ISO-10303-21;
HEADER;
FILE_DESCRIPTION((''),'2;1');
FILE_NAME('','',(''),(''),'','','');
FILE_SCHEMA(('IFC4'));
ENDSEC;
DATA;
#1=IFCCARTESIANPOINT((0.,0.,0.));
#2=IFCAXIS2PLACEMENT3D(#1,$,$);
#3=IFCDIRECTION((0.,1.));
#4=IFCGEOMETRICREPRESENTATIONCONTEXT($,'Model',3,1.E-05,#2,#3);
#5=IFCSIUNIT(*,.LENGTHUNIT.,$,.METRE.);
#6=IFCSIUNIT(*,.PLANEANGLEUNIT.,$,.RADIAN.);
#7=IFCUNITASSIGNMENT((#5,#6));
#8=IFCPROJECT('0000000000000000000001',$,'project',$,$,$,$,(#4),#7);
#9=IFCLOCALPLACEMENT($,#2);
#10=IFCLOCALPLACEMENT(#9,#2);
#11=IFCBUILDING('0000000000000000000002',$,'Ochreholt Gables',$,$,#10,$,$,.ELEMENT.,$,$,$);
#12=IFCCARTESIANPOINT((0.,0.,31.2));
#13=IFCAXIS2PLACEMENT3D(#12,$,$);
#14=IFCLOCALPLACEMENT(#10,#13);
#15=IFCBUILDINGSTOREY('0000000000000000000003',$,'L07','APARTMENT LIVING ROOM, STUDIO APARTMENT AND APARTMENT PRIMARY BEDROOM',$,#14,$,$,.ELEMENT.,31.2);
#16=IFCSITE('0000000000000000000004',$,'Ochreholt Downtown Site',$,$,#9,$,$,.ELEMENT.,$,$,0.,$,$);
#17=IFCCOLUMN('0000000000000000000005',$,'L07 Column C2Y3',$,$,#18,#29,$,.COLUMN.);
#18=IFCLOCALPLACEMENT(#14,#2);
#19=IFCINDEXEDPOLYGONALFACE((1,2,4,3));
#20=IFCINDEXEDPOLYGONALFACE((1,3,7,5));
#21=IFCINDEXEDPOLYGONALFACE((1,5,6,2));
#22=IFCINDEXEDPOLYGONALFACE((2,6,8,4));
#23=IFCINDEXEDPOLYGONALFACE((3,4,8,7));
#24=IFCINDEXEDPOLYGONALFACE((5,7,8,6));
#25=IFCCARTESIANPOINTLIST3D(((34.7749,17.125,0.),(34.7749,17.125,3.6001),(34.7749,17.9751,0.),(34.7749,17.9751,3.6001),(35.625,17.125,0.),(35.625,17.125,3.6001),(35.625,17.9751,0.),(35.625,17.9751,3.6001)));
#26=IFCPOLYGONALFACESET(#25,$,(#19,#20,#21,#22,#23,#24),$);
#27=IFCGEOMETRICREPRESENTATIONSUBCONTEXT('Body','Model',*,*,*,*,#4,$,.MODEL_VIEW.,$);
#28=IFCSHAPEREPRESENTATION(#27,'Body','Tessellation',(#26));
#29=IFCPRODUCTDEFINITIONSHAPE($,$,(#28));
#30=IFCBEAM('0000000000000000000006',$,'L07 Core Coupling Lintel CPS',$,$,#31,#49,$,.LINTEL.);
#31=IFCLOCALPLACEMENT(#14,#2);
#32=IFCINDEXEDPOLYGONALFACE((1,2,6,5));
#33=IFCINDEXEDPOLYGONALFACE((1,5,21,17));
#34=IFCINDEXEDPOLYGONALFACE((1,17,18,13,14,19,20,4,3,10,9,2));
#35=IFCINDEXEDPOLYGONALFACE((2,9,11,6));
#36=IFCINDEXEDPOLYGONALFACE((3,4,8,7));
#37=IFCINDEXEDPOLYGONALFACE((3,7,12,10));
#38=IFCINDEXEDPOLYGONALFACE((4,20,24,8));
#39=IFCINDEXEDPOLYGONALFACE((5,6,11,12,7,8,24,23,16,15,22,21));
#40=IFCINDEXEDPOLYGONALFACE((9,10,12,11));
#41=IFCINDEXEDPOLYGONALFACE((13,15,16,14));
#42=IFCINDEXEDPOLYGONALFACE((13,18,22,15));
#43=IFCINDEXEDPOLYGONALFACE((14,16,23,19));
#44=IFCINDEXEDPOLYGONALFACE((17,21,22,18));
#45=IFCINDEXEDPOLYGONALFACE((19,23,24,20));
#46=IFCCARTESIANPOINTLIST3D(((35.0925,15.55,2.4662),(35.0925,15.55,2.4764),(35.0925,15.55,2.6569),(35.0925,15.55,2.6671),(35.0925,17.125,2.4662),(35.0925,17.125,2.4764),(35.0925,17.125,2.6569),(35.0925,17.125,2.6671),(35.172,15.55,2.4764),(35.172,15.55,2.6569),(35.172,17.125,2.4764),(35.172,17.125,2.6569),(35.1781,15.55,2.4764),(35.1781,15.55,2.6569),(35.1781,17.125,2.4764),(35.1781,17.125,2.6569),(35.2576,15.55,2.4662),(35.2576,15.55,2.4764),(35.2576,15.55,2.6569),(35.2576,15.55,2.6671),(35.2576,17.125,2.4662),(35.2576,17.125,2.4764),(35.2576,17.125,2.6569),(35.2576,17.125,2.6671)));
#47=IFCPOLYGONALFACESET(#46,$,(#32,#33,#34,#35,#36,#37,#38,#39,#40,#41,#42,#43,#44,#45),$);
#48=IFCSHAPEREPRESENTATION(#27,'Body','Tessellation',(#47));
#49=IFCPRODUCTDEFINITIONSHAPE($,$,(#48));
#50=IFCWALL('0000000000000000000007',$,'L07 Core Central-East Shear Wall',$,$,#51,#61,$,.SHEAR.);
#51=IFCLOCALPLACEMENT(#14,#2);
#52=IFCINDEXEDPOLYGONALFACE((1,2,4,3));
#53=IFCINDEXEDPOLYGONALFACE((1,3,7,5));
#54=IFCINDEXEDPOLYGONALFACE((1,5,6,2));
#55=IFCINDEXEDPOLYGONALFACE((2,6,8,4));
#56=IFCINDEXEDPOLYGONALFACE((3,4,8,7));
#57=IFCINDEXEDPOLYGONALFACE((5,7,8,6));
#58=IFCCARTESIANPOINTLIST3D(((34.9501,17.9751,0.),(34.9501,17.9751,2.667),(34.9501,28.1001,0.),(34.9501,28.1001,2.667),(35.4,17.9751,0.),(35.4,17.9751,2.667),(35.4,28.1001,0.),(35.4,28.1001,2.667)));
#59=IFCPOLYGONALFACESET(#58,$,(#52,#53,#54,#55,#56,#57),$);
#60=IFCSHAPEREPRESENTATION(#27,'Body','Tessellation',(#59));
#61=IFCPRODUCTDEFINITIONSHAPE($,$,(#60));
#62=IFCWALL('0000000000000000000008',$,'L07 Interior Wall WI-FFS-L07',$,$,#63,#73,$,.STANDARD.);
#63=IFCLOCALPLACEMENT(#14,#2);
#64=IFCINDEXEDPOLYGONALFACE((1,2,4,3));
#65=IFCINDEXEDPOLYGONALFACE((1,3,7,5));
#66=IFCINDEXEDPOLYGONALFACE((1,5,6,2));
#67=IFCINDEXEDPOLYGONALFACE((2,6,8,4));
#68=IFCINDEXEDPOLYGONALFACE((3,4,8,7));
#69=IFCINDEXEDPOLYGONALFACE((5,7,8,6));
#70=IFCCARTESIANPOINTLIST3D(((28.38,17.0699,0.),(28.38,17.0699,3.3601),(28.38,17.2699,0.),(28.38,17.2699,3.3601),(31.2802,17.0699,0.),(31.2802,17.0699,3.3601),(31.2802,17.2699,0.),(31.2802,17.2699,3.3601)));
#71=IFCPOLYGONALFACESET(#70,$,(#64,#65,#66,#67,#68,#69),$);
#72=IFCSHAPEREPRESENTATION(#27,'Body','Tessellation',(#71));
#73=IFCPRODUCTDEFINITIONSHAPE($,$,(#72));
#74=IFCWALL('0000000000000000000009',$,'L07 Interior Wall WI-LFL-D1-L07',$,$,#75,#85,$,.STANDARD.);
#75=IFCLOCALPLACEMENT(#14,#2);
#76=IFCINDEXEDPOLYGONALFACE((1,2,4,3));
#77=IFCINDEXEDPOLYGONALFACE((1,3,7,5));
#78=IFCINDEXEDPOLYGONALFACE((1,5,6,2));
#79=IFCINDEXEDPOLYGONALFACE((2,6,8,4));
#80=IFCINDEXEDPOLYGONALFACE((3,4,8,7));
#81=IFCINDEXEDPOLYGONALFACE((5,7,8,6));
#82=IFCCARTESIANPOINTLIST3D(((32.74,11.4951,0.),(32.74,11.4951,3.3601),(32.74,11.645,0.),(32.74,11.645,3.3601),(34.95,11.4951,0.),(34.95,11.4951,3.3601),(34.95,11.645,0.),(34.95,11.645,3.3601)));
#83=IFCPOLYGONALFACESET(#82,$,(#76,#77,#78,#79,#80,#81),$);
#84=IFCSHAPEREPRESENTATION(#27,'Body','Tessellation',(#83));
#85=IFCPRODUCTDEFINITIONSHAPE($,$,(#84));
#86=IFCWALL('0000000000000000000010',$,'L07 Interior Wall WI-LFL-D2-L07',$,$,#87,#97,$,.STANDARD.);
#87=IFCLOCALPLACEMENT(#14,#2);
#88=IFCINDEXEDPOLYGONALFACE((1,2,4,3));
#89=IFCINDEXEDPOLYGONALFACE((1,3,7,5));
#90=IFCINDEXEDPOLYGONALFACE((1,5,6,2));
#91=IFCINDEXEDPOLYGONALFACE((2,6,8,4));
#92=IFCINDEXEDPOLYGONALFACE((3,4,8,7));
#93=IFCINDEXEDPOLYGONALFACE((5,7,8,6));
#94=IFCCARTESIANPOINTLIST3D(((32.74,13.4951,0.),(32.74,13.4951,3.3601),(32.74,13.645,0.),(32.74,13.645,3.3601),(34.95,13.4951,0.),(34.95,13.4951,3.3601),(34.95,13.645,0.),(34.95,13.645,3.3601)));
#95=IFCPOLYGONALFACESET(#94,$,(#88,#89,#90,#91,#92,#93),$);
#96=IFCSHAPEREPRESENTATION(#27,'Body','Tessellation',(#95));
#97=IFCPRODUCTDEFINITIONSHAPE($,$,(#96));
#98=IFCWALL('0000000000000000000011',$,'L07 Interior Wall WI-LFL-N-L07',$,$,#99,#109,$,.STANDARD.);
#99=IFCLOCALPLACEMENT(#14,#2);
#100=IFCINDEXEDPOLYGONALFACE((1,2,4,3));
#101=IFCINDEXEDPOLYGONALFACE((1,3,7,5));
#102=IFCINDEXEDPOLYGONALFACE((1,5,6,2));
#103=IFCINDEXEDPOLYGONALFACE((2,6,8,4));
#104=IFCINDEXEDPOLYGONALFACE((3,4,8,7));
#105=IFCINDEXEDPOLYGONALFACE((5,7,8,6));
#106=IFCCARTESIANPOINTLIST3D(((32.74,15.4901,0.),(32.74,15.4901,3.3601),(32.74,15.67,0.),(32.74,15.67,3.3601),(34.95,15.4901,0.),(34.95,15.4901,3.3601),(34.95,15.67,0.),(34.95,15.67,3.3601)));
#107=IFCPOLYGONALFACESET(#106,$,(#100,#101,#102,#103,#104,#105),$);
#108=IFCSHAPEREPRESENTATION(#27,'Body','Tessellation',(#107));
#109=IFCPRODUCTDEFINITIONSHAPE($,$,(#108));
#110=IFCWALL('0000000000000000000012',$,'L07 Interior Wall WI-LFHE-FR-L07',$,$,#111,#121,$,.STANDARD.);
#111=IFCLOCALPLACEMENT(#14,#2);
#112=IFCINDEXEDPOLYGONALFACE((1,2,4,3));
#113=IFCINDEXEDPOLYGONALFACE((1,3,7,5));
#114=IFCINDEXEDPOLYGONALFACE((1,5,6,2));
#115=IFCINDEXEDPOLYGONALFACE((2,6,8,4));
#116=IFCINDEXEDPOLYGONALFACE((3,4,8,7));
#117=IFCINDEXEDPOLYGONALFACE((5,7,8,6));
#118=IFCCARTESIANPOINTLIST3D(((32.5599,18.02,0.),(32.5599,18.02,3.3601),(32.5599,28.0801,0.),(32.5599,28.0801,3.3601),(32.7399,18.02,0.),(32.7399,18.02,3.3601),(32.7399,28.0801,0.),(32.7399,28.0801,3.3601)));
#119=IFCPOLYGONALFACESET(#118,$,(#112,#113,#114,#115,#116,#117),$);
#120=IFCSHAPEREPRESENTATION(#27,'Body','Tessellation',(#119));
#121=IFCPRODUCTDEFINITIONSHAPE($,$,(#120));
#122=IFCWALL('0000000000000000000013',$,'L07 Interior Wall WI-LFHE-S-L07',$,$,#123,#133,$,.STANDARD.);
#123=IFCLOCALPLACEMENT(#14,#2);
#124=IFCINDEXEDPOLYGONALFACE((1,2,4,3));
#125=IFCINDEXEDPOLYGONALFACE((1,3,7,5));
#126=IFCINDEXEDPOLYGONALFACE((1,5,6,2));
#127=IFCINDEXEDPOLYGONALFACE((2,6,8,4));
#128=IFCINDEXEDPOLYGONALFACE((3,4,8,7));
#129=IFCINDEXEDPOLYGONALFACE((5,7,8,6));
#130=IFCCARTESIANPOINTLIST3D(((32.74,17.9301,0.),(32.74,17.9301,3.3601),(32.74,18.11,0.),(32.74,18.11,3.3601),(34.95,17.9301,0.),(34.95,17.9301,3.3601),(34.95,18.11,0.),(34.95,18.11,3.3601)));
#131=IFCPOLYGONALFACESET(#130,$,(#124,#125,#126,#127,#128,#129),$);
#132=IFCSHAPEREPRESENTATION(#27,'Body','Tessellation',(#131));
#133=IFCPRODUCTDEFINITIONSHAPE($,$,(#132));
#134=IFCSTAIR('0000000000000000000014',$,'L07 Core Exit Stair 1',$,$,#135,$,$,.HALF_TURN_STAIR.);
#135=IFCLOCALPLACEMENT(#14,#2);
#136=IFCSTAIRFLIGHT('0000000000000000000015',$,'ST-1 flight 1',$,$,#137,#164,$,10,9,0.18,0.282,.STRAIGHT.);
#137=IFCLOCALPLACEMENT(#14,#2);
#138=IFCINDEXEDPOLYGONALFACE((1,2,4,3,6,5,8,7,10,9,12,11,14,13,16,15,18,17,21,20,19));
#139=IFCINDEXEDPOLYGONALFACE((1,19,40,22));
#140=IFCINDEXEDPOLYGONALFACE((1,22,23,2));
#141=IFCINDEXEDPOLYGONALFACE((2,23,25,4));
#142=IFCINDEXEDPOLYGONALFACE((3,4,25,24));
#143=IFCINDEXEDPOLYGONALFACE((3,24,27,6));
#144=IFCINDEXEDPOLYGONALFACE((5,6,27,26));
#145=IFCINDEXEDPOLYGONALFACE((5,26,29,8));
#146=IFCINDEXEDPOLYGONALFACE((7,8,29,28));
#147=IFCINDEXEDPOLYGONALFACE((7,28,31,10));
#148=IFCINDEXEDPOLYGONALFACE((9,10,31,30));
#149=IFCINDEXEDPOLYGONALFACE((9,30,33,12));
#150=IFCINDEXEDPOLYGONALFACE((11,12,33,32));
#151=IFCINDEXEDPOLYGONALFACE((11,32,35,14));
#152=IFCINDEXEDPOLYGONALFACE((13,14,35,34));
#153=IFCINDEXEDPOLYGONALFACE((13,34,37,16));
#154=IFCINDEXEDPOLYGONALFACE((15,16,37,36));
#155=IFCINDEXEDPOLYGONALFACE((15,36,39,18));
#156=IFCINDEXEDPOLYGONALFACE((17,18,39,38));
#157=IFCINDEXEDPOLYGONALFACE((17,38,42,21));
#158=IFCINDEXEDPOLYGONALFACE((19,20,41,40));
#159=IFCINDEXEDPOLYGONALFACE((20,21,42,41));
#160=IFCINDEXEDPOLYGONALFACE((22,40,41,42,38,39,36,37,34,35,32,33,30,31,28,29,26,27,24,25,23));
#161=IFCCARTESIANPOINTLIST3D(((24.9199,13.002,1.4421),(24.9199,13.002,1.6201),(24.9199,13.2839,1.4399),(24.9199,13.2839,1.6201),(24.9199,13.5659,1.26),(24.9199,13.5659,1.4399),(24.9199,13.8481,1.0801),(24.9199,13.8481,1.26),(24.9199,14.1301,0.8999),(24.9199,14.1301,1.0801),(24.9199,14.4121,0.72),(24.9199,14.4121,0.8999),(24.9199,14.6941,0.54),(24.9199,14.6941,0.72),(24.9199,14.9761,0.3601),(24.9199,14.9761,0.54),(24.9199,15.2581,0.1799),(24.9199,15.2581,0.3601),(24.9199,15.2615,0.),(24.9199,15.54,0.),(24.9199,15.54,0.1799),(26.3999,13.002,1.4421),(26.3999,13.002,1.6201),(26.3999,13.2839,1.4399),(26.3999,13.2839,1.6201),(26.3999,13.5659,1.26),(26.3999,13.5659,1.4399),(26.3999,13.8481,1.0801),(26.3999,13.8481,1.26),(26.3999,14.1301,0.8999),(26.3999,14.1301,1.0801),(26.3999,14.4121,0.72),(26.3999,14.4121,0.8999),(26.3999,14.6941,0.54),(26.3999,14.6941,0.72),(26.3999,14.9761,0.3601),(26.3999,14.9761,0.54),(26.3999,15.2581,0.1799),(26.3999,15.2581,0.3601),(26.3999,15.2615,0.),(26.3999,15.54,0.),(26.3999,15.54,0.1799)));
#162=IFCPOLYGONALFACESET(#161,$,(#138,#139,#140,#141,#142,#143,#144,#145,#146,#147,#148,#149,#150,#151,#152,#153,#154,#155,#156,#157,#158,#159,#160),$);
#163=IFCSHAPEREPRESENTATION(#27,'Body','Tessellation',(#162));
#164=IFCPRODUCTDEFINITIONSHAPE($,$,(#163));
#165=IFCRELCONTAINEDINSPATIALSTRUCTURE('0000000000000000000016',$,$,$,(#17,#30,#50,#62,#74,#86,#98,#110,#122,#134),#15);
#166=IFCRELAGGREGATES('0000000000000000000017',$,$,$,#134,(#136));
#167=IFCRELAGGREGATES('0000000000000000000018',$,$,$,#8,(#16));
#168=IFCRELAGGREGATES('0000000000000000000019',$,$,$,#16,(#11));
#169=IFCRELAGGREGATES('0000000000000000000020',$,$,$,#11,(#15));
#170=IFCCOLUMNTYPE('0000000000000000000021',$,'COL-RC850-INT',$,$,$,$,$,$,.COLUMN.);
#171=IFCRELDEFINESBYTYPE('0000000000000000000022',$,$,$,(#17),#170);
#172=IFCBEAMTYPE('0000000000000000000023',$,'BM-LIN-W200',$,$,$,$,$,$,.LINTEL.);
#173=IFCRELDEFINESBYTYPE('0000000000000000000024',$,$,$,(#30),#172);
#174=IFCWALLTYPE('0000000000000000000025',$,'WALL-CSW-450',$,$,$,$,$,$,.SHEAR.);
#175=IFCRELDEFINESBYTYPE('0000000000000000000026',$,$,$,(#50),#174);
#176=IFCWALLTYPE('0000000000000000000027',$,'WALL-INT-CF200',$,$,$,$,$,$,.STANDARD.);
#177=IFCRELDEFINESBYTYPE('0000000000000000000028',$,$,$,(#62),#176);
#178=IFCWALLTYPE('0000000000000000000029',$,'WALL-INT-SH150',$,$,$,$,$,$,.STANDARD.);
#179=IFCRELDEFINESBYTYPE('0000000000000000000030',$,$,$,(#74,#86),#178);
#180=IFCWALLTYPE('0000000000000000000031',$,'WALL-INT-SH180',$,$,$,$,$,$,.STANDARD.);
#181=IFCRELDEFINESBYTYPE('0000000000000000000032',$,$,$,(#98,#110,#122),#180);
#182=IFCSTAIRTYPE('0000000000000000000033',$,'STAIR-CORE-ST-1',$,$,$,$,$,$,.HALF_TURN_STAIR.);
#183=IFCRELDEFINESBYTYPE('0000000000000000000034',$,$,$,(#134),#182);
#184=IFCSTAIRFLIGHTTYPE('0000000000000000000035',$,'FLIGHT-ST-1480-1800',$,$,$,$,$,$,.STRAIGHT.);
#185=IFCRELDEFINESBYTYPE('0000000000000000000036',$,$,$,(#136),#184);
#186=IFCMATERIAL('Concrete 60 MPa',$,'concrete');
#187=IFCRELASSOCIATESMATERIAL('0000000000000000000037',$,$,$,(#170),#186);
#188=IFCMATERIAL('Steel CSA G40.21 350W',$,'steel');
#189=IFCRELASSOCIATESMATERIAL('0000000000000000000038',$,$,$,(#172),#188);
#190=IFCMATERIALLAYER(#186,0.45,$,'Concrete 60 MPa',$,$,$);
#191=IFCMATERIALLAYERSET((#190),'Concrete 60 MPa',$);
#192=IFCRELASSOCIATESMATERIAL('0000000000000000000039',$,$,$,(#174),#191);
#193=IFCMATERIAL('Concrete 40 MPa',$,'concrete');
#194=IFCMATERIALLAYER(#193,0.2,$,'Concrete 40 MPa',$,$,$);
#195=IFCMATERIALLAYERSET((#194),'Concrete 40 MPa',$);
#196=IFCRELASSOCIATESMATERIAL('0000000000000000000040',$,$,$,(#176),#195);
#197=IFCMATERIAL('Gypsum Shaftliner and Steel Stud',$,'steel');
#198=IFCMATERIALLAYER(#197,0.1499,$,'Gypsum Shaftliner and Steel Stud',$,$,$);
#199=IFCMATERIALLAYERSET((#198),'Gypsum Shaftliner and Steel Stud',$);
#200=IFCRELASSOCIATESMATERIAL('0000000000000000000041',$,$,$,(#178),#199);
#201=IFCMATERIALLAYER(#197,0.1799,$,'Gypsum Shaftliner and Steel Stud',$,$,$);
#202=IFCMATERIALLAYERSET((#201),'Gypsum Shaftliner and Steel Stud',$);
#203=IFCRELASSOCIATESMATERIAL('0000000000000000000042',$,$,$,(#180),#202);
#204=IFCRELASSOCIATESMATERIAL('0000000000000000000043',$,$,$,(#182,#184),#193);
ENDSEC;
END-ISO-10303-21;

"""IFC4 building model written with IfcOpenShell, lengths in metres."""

from ifc_helpers import new_model, si_unit, direction, frame, frame_2d, origin, origin_2d, place, context, subcontext, project, spatial, polyline, rectangle, i_section, outline, extrude, material, layer, layer_set, material_profile, profile_set, type_object, element, aggregate, save


model = new_model("IFC4")

# Units and contexts
model_context = context("Model", 3, precision=1e-05, world=origin(), true_north=direction((0.0, 1.0)))
body_context = subcontext(model_context, "Body", "Model", "MODEL_VIEW")
ifc_project = project(units=[si_unit("LENGTHUNIT", "METRE"), si_unit("PLANEANGLEUNIT", "RADIAN")], contexts=[model_context])

# Site, building, storey
site_placement = place(None, origin())
site = spatial("IfcSite", under=ifc_project, at=site_placement, Name="Ochreholt Downtown Site", CompositionType="ELEMENT", RefElevation=0.0)
building_placement = place(site_placement, origin())
building = spatial("IfcBuilding", under=site, at=building_placement, Name="Ochreholt Gables", CompositionType="ELEMENT")
storey_placement = place(building_placement, frame((0.0, 0.0, 31.2)))
storey = spatial("IfcBuildingStorey", under=building, at=storey_placement, Name="L07", Description="APARTMENT LIVING ROOM, STUDIO APARTMENT AND APARTMENT PRIMARY BEDROOM", CompositionType="ELEMENT", Elevation=31.2)

# Column
ifc_material_1 = material(Name="Concrete 60 MPa", Category="concrete")
ifc_material_profile_1 = material_profile(ifc_material_1, rectangle(XDim=0.8501, YDim=0.8501, at=origin_2d()), Name="RC850X850")
ifc_profile_set_1 = profile_set([ifc_material_profile_1], Name="Concrete 60 MPa")
column_type = type_object("IfcColumnType", Name="COL-RC850-INT", PredefinedType="COLUMN", material=ifc_profile_set_1)
column_placement = place(storey_placement, frame((35.2, 17.55, 0.0), z_axis=(0.0, 0.0, 1.0), x_axis=(1.0, 0.0, 0.0)))
element("IfcColumn", 1, at=column_placement, inside=storey, type_object=column_type, Name="L07 Column C2Y3", PredefinedType="COLUMN", context=body_context, shape_type="SweptSolid", body=[
    extrude(rectangle(XDim=0.8501, YDim=0.8501, at=origin_2d()), origin(), (0.0, 0.0, 1.0), 3.6001),
])

# Beam
ifc_material_2 = material(Name="Steel CSA G40.21 350W", Category="steel")
ifc_material_profile_2 = material_profile(ifc_material_2, i_section(OverallWidth=0.165, OverallDepth=0.2009, WebThickness=0.0061, FlangeThickness=0.0103, at=origin_2d()), Name="W200X36")
ifc_profile_set_2 = profile_set([ifc_material_profile_2], Name="Steel CSA G40.21 350W")
beam_type = type_object("IfcBeamType", Name="BM-LIN-W200", PredefinedType="LINTEL", material=ifc_profile_set_2)
beam_placement = place(storey_placement, frame((35.175, 15.55, 2.5667), z_axis=(0.0, 1.0, 0.0), x_axis=(-1.0, 0.0, 0.0)))
element("IfcBeam", 2, at=beam_placement, inside=storey, type_object=beam_type, Name="L07 Core Coupling Lintel CPS", PredefinedType="LINTEL", context=body_context, shape_type="SweptSolid", body=[
    extrude(i_section(OverallWidth=0.165, OverallDepth=0.2009, WebThickness=0.0061, FlangeThickness=0.0103, at=origin_2d()), origin(), (0.0, 0.0, 1.0), 1.575),
])

# Walls
ifc_layer_1 = layer(ifc_material_1, 0.45, Name="Concrete 60 MPa")
ifc_layer_set_1 = layer_set([ifc_layer_1], Name="Concrete 60 MPa")
wall_type_1 = type_object("IfcWallType", Name="WALL-CSW-450", PredefinedType="SHEAR", material=ifc_layer_set_1)
wall_1_placement = place(storey_placement, frame((35.175, 17.9751, 0.0), z_axis=(0.0, 0.0, 1.0), x_axis=(0.0, 1.0, 0.0)))
element("IfcWall", 3, at=wall_1_placement, inside=storey, type_object=wall_type_1, Name="L07 Core Central-East Shear Wall", PredefinedType="SHEAR", context=body_context, shape_type="SweptSolid", body=[
    extrude(rectangle(XDim=10.125, YDim=0.45, at=frame_2d((5.0625, 0.0))), origin(), (0.0, 0.0, 1.0), 2.667),
])
ifc_material_3 = material(Name="Concrete 40 MPa", Category="concrete")
ifc_layer_2 = layer(ifc_material_3, 0.2, Name="Concrete 40 MPa")
ifc_layer_set_2 = layer_set([ifc_layer_2], Name="Concrete 40 MPa")
wall_type_2 = type_object("IfcWallType", Name="WALL-INT-CF200", PredefinedType="STANDARD", material=ifc_layer_set_2)
wall_2_placement = place(storey_placement, frame((28.3799, 17.1699, 0.0), z_axis=(0.0, 0.0, 1.0), x_axis=(1.0, 0.0, 0.0)))
element("IfcWall", 4, at=wall_2_placement, inside=storey, type_object=wall_type_2, Name="L07 Interior Wall WI-FFS-L07", PredefinedType="STANDARD", context=body_context, shape_type="SweptSolid", body=[
    extrude(rectangle(XDim=2.9001, YDim=0.2, at=frame_2d((1.4502, 0.0))), origin(), (0.0, 0.0, 1.0), 3.3601),
])

# Walls
ifc_material_4 = material(Name="Gypsum Shaftliner and Steel Stud", Category="steel")
ifc_layer_3 = layer(ifc_material_4, 0.1499, Name="Gypsum Shaftliner and Steel Stud")
ifc_layer_set_3 = layer_set([ifc_layer_3], Name="Gypsum Shaftliner and Steel Stud")
wall_type_3 = type_object("IfcWallType", Name="WALL-INT-SH150", PredefinedType="STANDARD", material=ifc_layer_set_3)
for number, where, z_axis, x_axis, name in (
    (5, (32.74, 11.5701, 0.0), (0.0, 0.0, 1.0), (1.0, 0.0, 0.0), "L07 Interior Wall WI-LFL-D1-L07"),
    (6, (32.74, 13.5701, 0.0), (0.0, 0.0, 1.0), (1.0, 0.0, 0.0), "L07 Interior Wall WI-LFL-D2-L07"),
):
    element("IfcWall", number, at=place(storey_placement, frame(where, z_axis=z_axis, x_axis=x_axis)), inside=storey, type_object=wall_type_3, Name=name, PredefinedType="STANDARD", context=body_context, shape_type="SweptSolid", body=[
        extrude(rectangle(XDim=2.21, YDim=0.1499, at=frame_2d((1.105, 0.0))), origin(), (0.0, 0.0, 1.0), 3.3601),
    ])
ifc_layer_4 = layer(ifc_material_4, 0.1799, Name="Gypsum Shaftliner and Steel Stud")
ifc_layer_set_4 = layer_set([ifc_layer_4], Name="Gypsum Shaftliner and Steel Stud")
wall_type_4 = type_object("IfcWallType", Name="WALL-INT-SH180", PredefinedType="STANDARD", material=ifc_layer_set_4)
wall_3_placement = place(storey_placement, frame((32.74, 15.5801, 0.0), z_axis=(0.0, 0.0, 1.0), x_axis=(1.0, 0.0, 0.0)))
element("IfcWall", 7, at=wall_3_placement, inside=storey, type_object=wall_type_4, Name="L07 Interior Wall WI-LFL-N-L07", PredefinedType="STANDARD", context=body_context, shape_type="SweptSolid", body=[
    extrude(rectangle(XDim=2.21, YDim=0.1799, at=frame_2d((1.105, 0.0))), origin(), (0.0, 0.0, 1.0), 3.3601),
])
wall_4_placement = place(storey_placement, frame((32.6499, 18.02, 0.0), z_axis=(0.0, 0.0, 1.0), x_axis=(0.0, 1.0, 0.0)))
element("IfcWall", 8, at=wall_4_placement, inside=storey, type_object=wall_type_4, Name="L07 Interior Wall WI-LFHE-FR-L07", PredefinedType="STANDARD", context=body_context, shape_type="SweptSolid", body=[
    extrude(rectangle(XDim=10.0601, YDim=0.1799, at=frame_2d((5.03, 0.0))), origin(), (0.0, 0.0, 1.0), 3.3601),
])
wall_5_placement = place(storey_placement, frame((32.74, 18.02, 0.0), z_axis=(0.0, 0.0, 1.0), x_axis=(1.0, 0.0, 0.0)))
element("IfcWall", 9, at=wall_5_placement, inside=storey, type_object=wall_type_4, Name="L07 Interior Wall WI-LFHE-S-L07", PredefinedType="STANDARD", context=body_context, shape_type="SweptSolid", body=[
    extrude(rectangle(XDim=2.21, YDim=0.1799, at=frame_2d((1.105, 0.0))), origin(), (0.0, 0.0, 1.0), 3.3601),
])

# Stair, stair flight
stair_type = type_object("IfcStairType", Name="STAIR-CORE-ST-1", PredefinedType="HALF_TURN_STAIR", material=ifc_material_3)
stair_placement = place(storey_placement, origin())
stair = element("IfcStair", 10, at=stair_placement, inside=storey, type_object=stair_type, Name="L07 Core Exit Stair 1", PredefinedType="HALF_TURN_STAIR")
stair_flight_type = type_object("IfcStairFlightType", Name="FLIGHT-ST-1480-1800", PredefinedType="STRAIGHT", material=ifc_material_3)
stair_flight_1_placement = place(storey_placement, frame((25.6599, 15.54, 0.0), z_axis=(0.0, 0.0, 1.0), x_axis=(0.0, -1.0, 0.0)))
stair_flight_1 = element("IfcStairFlight", 11, at=stair_flight_1_placement, type_object=stair_flight_type, Name="ST-1 flight 1", NumberOfRisers=10, NumberOfTreads=9, PredefinedType="STRAIGHT", RiserHeight=0.18, TreadLength=0.282, context=body_context, shape_type="SweptSolid", body=[
    extrude(outline(polyline([(0.0, 0.0), (0.0, 0.1799), (0.282, 0.1799), (0.282, 0.3601), (0.564, 0.3601), (0.564, 0.54), (0.8459, 0.54), (0.8459, 0.72), (1.1279, 0.72), (1.1279, 0.8999), (1.4099, 0.8999), (1.4099, 1.0801), (1.6919, 1.0801), (1.6919, 1.26), (1.9741, 1.26), (1.9741, 1.4399), (2.2561, 1.4399), (2.2561, 1.6201), (2.5381, 1.6201), (2.5381, 1.8), (2.5381, 1.4421), (0.2786, 0.0), (0.0, 0.0)])), frame((0.0, 0.74, 0.0), z_axis=(0.0, -1.0, 0.0), x_axis=(1.0, 0.0, 0.0)), (0.0, 0.0, 1.0), 1.48),
])
aggregate(stair, [stair_flight_1])

save(model, "model.ifc")
